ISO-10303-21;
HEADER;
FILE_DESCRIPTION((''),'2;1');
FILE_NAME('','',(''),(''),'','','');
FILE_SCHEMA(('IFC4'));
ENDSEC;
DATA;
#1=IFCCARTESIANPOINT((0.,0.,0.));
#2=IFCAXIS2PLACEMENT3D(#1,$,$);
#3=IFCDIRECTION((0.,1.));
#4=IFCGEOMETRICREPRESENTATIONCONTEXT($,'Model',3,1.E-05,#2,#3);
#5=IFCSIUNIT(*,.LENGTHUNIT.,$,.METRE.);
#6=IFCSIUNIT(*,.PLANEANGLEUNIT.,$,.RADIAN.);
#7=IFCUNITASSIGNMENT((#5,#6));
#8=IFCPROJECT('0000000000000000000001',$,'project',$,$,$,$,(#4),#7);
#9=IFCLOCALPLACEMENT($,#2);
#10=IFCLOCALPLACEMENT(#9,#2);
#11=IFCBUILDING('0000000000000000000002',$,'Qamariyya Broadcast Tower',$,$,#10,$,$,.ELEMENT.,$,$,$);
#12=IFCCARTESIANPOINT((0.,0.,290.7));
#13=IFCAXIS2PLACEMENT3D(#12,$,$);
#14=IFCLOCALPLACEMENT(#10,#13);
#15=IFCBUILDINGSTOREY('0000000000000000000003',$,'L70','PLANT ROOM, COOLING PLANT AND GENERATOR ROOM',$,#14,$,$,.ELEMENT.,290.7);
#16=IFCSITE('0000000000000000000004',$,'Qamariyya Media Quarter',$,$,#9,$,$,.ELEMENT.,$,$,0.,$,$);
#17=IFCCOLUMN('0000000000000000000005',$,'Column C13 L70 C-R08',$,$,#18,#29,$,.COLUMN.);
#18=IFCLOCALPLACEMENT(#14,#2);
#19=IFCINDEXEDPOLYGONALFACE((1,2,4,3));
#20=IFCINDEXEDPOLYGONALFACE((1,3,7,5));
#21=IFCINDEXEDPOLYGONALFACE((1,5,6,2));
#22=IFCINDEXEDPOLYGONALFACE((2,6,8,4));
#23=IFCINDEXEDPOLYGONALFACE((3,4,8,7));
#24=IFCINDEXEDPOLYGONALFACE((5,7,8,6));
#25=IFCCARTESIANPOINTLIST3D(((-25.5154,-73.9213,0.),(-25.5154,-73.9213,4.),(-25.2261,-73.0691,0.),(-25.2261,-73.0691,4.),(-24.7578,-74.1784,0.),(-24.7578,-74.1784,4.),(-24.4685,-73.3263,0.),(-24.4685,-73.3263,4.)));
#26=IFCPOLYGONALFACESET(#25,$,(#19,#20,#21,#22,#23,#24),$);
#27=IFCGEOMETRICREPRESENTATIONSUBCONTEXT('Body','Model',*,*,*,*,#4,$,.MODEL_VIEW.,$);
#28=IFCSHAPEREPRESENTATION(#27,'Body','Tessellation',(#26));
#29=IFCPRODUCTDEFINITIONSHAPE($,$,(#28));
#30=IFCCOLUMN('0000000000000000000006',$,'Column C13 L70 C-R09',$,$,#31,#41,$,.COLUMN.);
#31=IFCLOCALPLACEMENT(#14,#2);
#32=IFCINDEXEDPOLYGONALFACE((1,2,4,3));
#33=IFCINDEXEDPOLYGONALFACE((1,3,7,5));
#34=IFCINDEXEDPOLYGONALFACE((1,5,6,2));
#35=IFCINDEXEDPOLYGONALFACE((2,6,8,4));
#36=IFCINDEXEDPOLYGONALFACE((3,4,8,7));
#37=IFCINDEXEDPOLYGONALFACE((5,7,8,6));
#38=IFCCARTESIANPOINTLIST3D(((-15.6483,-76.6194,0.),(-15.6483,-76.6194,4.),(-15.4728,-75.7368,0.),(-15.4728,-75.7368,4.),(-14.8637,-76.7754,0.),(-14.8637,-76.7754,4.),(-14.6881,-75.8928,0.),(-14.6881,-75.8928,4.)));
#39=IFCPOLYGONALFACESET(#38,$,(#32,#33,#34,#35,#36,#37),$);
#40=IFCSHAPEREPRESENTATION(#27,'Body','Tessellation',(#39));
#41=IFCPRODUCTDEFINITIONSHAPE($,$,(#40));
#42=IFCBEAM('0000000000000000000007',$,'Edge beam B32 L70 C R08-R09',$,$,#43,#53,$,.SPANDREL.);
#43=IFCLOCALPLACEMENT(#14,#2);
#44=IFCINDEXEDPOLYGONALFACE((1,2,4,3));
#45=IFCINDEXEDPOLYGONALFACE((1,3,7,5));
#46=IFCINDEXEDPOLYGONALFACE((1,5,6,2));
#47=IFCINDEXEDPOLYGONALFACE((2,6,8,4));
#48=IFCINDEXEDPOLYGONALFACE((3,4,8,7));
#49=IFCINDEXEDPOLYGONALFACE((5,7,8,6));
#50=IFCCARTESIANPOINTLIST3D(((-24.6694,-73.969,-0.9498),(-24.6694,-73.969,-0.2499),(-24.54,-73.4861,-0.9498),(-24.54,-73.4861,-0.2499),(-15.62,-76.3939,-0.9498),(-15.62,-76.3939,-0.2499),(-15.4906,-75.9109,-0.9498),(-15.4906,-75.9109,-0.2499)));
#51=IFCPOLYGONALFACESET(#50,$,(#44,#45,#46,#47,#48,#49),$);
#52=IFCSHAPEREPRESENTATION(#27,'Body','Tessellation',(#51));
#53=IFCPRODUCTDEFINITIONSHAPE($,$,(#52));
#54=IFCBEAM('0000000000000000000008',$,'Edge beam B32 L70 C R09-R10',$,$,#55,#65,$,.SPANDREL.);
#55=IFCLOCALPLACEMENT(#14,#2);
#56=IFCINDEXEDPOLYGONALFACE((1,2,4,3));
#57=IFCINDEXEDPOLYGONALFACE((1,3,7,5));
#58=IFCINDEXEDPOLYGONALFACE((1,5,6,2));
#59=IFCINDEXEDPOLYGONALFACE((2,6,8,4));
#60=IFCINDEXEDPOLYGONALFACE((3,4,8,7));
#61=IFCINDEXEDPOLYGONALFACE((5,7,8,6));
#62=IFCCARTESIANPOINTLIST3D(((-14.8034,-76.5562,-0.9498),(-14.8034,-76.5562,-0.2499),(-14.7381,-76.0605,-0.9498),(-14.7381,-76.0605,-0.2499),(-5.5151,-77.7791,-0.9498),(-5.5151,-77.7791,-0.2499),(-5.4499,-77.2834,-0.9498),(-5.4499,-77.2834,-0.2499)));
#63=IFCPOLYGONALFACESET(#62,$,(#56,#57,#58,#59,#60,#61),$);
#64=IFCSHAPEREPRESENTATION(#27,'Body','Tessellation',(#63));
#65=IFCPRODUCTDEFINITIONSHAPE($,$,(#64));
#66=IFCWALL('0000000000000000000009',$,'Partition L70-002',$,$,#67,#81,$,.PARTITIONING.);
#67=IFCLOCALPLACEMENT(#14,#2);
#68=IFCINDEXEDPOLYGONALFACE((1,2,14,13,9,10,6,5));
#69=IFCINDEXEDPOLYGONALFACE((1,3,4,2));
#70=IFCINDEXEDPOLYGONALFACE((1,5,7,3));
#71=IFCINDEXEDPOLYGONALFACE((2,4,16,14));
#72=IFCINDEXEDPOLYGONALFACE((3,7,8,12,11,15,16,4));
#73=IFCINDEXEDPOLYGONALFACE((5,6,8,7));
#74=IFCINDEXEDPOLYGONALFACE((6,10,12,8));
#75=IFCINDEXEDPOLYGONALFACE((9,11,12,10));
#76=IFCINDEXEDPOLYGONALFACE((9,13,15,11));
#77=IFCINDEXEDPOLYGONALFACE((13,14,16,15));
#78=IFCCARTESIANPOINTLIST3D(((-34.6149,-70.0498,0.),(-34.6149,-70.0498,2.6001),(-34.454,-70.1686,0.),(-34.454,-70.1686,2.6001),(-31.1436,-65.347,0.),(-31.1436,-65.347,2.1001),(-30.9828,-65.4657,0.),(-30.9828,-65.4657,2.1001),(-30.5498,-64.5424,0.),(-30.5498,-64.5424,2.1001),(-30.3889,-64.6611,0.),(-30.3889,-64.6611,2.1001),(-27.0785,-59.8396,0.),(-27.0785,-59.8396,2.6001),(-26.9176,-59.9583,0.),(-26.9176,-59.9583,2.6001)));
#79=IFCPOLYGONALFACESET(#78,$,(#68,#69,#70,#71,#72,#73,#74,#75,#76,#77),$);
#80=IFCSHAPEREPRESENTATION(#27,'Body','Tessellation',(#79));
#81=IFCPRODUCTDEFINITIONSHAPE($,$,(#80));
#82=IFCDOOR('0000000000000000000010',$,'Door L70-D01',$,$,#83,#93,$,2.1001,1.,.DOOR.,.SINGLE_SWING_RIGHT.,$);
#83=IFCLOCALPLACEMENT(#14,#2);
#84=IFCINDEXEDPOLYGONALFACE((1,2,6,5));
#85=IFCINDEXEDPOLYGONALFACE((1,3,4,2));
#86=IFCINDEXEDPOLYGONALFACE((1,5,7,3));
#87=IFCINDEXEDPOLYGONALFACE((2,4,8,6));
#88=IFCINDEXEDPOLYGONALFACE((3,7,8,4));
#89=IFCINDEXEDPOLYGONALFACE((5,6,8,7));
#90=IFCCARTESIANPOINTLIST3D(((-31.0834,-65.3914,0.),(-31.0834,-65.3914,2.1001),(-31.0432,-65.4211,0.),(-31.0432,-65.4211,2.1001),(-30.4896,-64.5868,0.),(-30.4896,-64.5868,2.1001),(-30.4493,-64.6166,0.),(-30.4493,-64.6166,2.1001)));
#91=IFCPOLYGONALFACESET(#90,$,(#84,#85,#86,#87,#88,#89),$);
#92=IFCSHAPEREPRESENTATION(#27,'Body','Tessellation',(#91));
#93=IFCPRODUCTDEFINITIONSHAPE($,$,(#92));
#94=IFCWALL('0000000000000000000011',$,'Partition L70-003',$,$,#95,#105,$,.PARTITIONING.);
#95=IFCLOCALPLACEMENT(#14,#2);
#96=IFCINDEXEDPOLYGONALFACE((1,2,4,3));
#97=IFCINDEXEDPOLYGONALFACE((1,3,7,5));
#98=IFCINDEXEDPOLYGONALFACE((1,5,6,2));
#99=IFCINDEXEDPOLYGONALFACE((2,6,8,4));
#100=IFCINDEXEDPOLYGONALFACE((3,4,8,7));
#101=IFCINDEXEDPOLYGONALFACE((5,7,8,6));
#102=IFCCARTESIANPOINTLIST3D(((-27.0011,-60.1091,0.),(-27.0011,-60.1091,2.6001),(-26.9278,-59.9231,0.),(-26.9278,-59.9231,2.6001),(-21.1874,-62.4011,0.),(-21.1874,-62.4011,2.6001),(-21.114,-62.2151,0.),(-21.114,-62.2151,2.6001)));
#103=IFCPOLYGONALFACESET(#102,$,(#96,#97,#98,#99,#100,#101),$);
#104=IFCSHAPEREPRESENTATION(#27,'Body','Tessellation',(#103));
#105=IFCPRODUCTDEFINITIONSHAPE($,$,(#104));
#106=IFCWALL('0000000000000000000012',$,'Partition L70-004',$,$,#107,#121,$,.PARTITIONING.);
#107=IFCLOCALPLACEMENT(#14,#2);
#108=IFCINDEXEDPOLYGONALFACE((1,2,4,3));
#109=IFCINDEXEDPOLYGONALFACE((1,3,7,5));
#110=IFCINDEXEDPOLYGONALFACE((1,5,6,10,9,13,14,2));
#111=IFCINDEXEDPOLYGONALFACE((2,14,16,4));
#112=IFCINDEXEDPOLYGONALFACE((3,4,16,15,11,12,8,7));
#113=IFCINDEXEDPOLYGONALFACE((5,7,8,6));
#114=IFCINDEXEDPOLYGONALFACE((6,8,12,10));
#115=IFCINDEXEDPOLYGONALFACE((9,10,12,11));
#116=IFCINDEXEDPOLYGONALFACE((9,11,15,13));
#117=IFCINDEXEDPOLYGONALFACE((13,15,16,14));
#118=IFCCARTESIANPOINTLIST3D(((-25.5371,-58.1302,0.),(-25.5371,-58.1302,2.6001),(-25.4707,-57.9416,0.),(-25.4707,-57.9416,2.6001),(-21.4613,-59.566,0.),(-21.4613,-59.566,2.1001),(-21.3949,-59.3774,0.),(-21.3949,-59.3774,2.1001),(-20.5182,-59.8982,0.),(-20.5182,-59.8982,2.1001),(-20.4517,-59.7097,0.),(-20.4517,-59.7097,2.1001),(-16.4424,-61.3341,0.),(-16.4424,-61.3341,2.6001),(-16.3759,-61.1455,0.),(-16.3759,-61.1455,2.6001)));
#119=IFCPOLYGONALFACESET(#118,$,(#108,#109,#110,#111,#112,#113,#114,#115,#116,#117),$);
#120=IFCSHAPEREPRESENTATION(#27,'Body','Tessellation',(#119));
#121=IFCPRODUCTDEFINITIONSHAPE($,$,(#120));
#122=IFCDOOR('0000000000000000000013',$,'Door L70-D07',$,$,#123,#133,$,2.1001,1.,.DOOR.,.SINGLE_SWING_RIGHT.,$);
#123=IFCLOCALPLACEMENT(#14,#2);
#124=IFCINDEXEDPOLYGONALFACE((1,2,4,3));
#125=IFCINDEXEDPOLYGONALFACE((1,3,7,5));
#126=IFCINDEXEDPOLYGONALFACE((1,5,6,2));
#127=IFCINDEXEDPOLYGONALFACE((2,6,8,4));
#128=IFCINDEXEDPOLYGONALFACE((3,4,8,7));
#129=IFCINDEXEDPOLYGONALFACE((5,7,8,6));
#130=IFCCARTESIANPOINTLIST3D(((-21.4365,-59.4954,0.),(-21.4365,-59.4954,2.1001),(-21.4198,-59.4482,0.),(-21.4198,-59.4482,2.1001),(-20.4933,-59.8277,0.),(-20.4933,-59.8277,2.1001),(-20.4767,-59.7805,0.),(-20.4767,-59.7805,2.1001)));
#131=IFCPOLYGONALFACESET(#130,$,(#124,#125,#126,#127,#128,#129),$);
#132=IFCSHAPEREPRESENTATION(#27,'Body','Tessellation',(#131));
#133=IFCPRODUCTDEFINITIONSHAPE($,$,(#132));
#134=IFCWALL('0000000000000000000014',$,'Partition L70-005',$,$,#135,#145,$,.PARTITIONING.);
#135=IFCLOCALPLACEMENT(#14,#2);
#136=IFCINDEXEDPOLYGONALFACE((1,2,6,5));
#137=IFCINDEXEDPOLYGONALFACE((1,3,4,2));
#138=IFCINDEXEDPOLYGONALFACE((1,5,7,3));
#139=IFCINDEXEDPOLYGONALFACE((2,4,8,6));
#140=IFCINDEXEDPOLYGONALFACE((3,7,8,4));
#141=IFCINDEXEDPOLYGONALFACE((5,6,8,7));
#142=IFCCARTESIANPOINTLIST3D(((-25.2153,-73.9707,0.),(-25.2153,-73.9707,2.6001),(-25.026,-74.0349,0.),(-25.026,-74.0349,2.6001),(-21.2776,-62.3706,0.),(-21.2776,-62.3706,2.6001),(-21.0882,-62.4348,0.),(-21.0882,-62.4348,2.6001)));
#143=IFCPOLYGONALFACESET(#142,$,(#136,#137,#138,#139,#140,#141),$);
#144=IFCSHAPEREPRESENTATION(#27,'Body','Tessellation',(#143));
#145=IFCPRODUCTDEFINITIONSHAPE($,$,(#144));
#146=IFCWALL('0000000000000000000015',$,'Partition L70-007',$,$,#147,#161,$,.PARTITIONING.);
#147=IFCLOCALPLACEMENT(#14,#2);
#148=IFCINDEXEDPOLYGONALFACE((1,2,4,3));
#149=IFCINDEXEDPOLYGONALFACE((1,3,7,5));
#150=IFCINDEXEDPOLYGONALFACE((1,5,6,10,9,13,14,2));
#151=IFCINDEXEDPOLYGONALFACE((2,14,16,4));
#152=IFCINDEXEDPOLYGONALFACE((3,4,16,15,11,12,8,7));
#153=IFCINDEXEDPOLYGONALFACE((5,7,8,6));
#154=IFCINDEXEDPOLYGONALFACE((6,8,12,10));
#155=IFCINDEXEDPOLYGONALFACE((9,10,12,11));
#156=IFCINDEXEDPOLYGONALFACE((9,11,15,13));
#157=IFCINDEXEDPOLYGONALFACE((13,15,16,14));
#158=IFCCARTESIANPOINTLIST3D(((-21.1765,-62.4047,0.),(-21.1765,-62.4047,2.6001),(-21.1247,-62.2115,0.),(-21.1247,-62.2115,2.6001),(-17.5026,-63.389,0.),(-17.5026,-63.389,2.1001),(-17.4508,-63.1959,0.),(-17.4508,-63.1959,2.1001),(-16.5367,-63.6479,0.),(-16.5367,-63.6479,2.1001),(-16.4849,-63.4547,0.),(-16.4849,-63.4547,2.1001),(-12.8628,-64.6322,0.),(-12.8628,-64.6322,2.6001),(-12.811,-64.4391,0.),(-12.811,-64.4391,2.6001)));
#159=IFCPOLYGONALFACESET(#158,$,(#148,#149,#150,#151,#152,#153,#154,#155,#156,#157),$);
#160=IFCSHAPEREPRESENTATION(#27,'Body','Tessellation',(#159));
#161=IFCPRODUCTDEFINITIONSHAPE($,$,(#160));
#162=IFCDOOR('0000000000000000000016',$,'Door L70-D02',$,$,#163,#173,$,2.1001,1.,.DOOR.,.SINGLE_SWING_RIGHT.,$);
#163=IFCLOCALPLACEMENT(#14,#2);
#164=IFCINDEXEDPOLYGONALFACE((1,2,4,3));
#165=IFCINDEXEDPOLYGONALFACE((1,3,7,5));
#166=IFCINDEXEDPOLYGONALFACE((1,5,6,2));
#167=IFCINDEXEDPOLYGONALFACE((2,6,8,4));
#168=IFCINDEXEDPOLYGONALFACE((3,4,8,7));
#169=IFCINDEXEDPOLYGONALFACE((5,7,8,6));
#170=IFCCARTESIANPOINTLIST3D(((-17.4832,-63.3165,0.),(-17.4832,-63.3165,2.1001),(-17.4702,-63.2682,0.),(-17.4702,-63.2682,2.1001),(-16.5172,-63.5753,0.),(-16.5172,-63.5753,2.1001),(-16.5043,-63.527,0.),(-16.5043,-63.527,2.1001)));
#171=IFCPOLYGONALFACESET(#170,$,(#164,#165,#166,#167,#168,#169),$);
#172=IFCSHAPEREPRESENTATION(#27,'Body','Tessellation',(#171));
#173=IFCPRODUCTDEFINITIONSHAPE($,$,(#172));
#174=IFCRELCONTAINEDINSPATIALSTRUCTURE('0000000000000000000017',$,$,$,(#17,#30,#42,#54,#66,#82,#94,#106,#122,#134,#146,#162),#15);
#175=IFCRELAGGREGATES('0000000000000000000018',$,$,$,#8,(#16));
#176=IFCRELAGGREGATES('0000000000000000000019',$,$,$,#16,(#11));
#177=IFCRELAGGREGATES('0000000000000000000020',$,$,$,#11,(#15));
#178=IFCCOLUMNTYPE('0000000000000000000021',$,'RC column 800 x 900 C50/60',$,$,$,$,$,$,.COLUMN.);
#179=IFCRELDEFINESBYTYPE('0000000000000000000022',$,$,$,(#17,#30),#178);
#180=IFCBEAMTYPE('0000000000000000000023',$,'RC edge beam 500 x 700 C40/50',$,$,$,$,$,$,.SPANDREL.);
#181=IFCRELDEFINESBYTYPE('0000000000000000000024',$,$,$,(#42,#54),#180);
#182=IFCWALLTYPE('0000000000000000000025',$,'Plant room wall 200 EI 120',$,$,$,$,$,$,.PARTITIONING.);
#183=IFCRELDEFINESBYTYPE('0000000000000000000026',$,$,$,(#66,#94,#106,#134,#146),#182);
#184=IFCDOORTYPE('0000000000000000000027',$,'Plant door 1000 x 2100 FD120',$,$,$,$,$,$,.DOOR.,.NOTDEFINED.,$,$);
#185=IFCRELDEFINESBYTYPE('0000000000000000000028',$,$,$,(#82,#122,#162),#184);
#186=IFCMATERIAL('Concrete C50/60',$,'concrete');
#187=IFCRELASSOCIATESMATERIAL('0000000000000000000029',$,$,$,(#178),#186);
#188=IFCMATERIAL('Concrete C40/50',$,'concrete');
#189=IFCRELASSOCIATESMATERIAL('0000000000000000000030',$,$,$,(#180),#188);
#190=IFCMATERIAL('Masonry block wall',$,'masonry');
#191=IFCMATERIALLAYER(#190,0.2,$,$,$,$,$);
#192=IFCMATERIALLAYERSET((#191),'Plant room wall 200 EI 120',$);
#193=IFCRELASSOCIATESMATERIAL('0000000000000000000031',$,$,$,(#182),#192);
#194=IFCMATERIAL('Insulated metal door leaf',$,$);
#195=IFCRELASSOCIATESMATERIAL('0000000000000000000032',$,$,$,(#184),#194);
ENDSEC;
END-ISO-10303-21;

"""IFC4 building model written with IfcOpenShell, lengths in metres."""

from ifc_helpers import new_model, si_unit, direction, frame, frame_2d, origin, origin_2d, place, context, subcontext, project, spatial, rectangle, extrude, material, layer, layer_set, material_profile, profile_set, type_object, element, fill, save


model = new_model("IFC4")

# Units and contexts
model_context = context("Model", 3, precision=1e-05, world=origin(), true_north=direction((0.0, 1.0)))
body_context = subcontext(model_context, "Body", "Model", "MODEL_VIEW")
ifc_project = project(units=[si_unit("LENGTHUNIT", "METRE"), si_unit("PLANEANGLEUNIT", "RADIAN")], contexts=[model_context])

# Site, building, storey
site_placement = place(None, origin())
site = spatial("IfcSite", under=ifc_project, at=site_placement, Name="Qamariyya Media Quarter", CompositionType="ELEMENT", RefElevation=0.0)
building_placement = place(site_placement, origin())
building = spatial("IfcBuilding", under=site, at=building_placement, Name="Qamariyya Broadcast Tower", CompositionType="ELEMENT")
storey_placement = place(building_placement, frame((0.0, 0.0, 290.7)))
storey = spatial("IfcBuildingStorey", under=building, at=storey_placement, Name="L70", Description="PLANT ROOM, COOLING PLANT AND GENERATOR ROOM", CompositionType="ELEMENT", Elevation=290.7)

# Columns
ifc_material_1 = material(Name="Concrete C50/60", Category="concrete")
ifc_material_profile_1 = material_profile(ifc_material_1, rectangle(XDim=0.8, YDim=0.8999, at=origin_2d()))
ifc_profile_set_1 = profile_set([ifc_material_profile_1], Name="Concrete C50/60")
column_type = type_object("IfcColumnType", Name="RC column 800 x 900 C50/60", PredefinedType="COLUMN", material=ifc_profile_set_1)
for number, where, z_axis, x_axis, name in (
    (1, (-24.9919, -73.6238, 0.0), (0.0, 0.0, 1.0), (0.94693, -0.321439, 0.0), "Column C13 L70 C-R08"),
    (2, (-15.1682, -76.2561, 0.0), (0.0, 0.0, 1.0), (0.980785, -0.19509, 0.0), "Column C13 L70 C-R09"),
):
    element("IfcColumn", number, at=place(storey_placement, frame(where, z_axis=z_axis, x_axis=x_axis)), inside=storey, type_object=column_type, Name=name, PredefinedType="COLUMN", context=body_context, shape_type="SweptSolid", body=[
        extrude(rectangle(XDim=0.8, YDim=0.8999, at=origin_2d()), origin(), (0.0, 0.0, 1.0), 4.0),
    ])

# Beams
ifc_material_2 = material(Name="Concrete C40/50", Category="concrete")
ifc_material_profile_2 = material_profile(ifc_material_2, rectangle(XDim=0.5, YDim=0.7, at=origin_2d()))
ifc_profile_set_2 = profile_set([ifc_material_profile_2], Name="Concrete C40/50")
beam_type = type_object("IfcBeamType", Name="RC edge beam 500 x 700 C40/50", PredefinedType="SPANDREL", material=ifc_profile_set_2)
beam_1_placement = place(storey_placement, frame((-24.6047, -73.7275, -0.5999), z_axis=(0.965925, -0.258824, 0.0), x_axis=(0.258824, 0.965925, 0.0)))
element("IfcBeam", 3, at=beam_1_placement, inside=storey, type_object=beam_type, Name="Edge beam B32 L70 C R08-R09", PredefinedType="SPANDREL", context=body_context, shape_type="SweptSolid", body=[
    extrude(rectangle(XDim=0.5, YDim=0.7, at=origin_2d()), origin(), (0.0, 0.0, 1.0), 9.3687),
])
beam_2_placement = place(storey_placement, frame((-14.7708, -76.3083, -0.5999), z_axis=(0.991444, -0.130533, 0.0), x_axis=(0.130533, 0.991444, 0.0)))
element("IfcBeam", 4, at=beam_2_placement, inside=storey, type_object=beam_type, Name="Edge beam B32 L70 C R09-R10", PredefinedType="SPANDREL", context=body_context, shape_type="SweptSolid", body=[
    extrude(rectangle(XDim=0.5, YDim=0.7, at=origin_2d()), origin(), (0.0, 0.0, 1.0), 9.3684),
])

# Wall, opening, door
ifc_material_3 = material(Name="Masonry block wall", Category="masonry")
ifc_layer_1 = layer(ifc_material_3, 0.2)
ifc_layer_set_1 = layer_set([ifc_layer_1], Name="Plant room wall 200 EI 120")
wall_type_1 = type_object("IfcWallType", Name="Plant room wall 200 EI 120", PredefinedType="PARTITIONING", material=ifc_layer_set_1)
wall_1_placement = place(storey_placement, frame((-26.998, -59.8989, 0.0), z_axis=(0.0, 0.0, 1.0), x_axis=(-0.593866, -0.804564, 0.0)))
wall_1 = element("IfcWall", 5, at=wall_1_placement, inside=storey, type_object=wall_type_1, Name="Partition L70-002", PredefinedType="PARTITIONING", context=body_context, shape_type="SweptSolid", body=[
    extrude(rectangle(XDim=12.6904, YDim=0.2, at=frame_2d((6.3452, 0.0))), origin(), (0.0, 0.0, 1.0), 2.6001),
])
opening_1_placement = place(wall_1_placement, frame((5.8452, 0.0, 0.0)))
opening_1 = element("IfcOpeningElement", 6, at=opening_1_placement, cuts=wall_1, PredefinedType="OPENING", context=body_context, shape_type="SweptSolid", body=[
    extrude(rectangle(XDim=1.0, YDim=2.1001, at=frame_2d((0.5, 1.05))), frame((0.0, 0.1099, 0.0), z_axis=(0.0, -1.0, 0.0), x_axis=(1.0, 0.0, 0.0)), (0.0, 0.0, 1.0), 0.22),
])
ifc_material_4 = material(Name="Insulated metal door leaf")
door_type = type_object("IfcDoorType", Name="Plant door 1000 x 2100 FD120", OperationType="NOTDEFINED", PredefinedType="DOOR", material=ifc_material_4)
door_1_placement = place(opening_1_placement, origin())
door_1 = element("IfcDoor", 7, at=door_1_placement, inside=storey, type_object=door_type, Name="Door L70-D01", OperationType="SINGLE_SWING_RIGHT", OverallHeight=2.1001, OverallWidth=1.0, PredefinedType="DOOR", context=body_context, shape_type="SweptSolid", body=[
    extrude(rectangle(XDim=1.0, YDim=2.1001, at=frame_2d((0.5, 1.05))), frame((0.0, 0.0249, 0.0), z_axis=(0.0, -1.0, 0.0), x_axis=(1.0, 0.0, 0.0)), (0.0, 0.0, 1.0), 0.05),
])
fill(opening_1, door_1)

# Wall
wall_2_placement = place(storey_placement, frame((-26.9644, -60.0161, 0.0), z_axis=(0.0, 0.0, 1.0), x_axis=(0.930313, -0.366765, 0.0)))
element("IfcWall", 8, at=wall_2_placement, inside=storey, type_object=wall_type_1, Name="Partition L70-003", PredefinedType="PARTITIONING", context=body_context, shape_type="SweptSolid", body=[
    extrude(rectangle(XDim=6.2493, YDim=0.2, at=frame_2d((3.1245, 0.0))), origin(), (0.0, 0.0, 1.0), 2.6001),
])

# Wall, opening, door
wall_3_placement = place(storey_placement, frame((-25.5039, -58.0359, 0.0), z_axis=(0.0, 0.0, 1.0), x_axis=(0.943187, -0.332262, 0.0)))
wall_3 = element("IfcWall", 9, at=wall_3_placement, inside=storey, type_object=wall_type_1, Name="Partition L70-004", PredefinedType="PARTITIONING", context=body_context, shape_type="SweptSolid", body=[
    extrude(rectangle(XDim=9.6426, YDim=0.2, at=frame_2d((4.8213, 0.0))), origin(), (0.0, 0.0, 1.0), 2.6001),
])
opening_2_placement = place(wall_3_placement, frame((4.3213, 0.0, 0.0)))
opening_2 = element("IfcOpeningElement", 10, at=opening_2_placement, cuts=wall_3, PredefinedType="OPENING", context=body_context, shape_type="SweptSolid", body=[
    extrude(rectangle(XDim=1.0, YDim=2.1001, at=frame_2d((0.5, 1.05))), frame((0.0, 0.1099, 0.0), z_axis=(0.0, -1.0, 0.0), x_axis=(1.0, 0.0, 0.0)), (0.0, 0.0, 1.0), 0.22),
])
door_2_placement = place(opening_2_placement, origin())
door_2 = element("IfcDoor", 11, at=door_2_placement, inside=storey, type_object=door_type, Name="Door L70-D07", OperationType="SINGLE_SWING_RIGHT", OverallHeight=2.1001, OverallWidth=1.0, PredefinedType="DOOR", context=body_context, shape_type="SweptSolid", body=[
    extrude(rectangle(XDim=1.0, YDim=2.1001, at=frame_2d((0.5, 1.05))), frame((0.0, 0.0249, 0.0), z_axis=(0.0, -1.0, 0.0), x_axis=(1.0, 0.0, 0.0)), (0.0, 0.0, 1.0), 0.05),
])
fill(opening_2, door_2)

# Wall
wall_4_placement = place(storey_placement, frame((-25.1206, -74.0027, 0.0), z_axis=(0.0, 0.0, 1.0), x_axis=(0.321443, 0.946929, 0.0)))
element("IfcWall", 12, at=wall_4_placement, inside=storey, type_object=wall_type_1, Name="Partition L70-005", PredefinedType="PARTITIONING", context=body_context, shape_type="SweptSolid", body=[
    extrude(rectangle(XDim=12.2502, YDim=0.2, at=frame_2d((6.125, 0.0))), origin(), (0.0, 0.0, 1.0), 2.6001),
])

# Wall, opening, door
wall_5_placement = place(storey_placement, frame((-12.8369, -64.5356, 0.0), z_axis=(0.0, 0.0, 1.0), x_axis=(-0.965929, 0.258807, 0.0)))
wall_5 = element("IfcWall", 13, at=wall_5_placement, inside=storey, type_object=wall_type_1, Name="Partition L70-007", PredefinedType="PARTITIONING", context=body_context, shape_type="SweptSolid", body=[
    extrude(rectangle(XDim=8.6069, YDim=0.2, at=frame_2d((4.3035, 0.0))), origin(), (0.0, 0.0, 1.0), 2.6001),
])
opening_3_placement = place(wall_5_placement, frame((3.8035, 0.0, 0.0)))
opening_3 = element("IfcOpeningElement", 14, at=opening_3_placement, cuts=wall_5, PredefinedType="OPENING", context=body_context, shape_type="SweptSolid", body=[
    extrude(rectangle(XDim=1.0, YDim=2.1001, at=frame_2d((0.5, 1.05))), frame((0.0, 0.1099, 0.0), z_axis=(0.0, -1.0, 0.0), x_axis=(1.0, 0.0, 0.0)), (0.0, 0.0, 1.0), 0.22),
])
door_3_placement = place(opening_3_placement, origin())
door_3 = element("IfcDoor", 15, at=door_3_placement, inside=storey, type_object=door_type, Name="Door L70-D02", OperationType="SINGLE_SWING_RIGHT", OverallHeight=2.1001, OverallWidth=1.0, PredefinedType="DOOR", context=body_context, shape_type="SweptSolid", body=[
    extrude(rectangle(XDim=1.0, YDim=2.1001, at=frame_2d((0.5, 1.05))), frame((0.0, 0.0249, 0.0), z_axis=(0.0, -1.0, 0.0), x_axis=(1.0, 0.0, 0.0)), (0.0, 0.0, 1.0), 0.05),
])
fill(opening_3, door_3)

save(model, "model.ifc")
